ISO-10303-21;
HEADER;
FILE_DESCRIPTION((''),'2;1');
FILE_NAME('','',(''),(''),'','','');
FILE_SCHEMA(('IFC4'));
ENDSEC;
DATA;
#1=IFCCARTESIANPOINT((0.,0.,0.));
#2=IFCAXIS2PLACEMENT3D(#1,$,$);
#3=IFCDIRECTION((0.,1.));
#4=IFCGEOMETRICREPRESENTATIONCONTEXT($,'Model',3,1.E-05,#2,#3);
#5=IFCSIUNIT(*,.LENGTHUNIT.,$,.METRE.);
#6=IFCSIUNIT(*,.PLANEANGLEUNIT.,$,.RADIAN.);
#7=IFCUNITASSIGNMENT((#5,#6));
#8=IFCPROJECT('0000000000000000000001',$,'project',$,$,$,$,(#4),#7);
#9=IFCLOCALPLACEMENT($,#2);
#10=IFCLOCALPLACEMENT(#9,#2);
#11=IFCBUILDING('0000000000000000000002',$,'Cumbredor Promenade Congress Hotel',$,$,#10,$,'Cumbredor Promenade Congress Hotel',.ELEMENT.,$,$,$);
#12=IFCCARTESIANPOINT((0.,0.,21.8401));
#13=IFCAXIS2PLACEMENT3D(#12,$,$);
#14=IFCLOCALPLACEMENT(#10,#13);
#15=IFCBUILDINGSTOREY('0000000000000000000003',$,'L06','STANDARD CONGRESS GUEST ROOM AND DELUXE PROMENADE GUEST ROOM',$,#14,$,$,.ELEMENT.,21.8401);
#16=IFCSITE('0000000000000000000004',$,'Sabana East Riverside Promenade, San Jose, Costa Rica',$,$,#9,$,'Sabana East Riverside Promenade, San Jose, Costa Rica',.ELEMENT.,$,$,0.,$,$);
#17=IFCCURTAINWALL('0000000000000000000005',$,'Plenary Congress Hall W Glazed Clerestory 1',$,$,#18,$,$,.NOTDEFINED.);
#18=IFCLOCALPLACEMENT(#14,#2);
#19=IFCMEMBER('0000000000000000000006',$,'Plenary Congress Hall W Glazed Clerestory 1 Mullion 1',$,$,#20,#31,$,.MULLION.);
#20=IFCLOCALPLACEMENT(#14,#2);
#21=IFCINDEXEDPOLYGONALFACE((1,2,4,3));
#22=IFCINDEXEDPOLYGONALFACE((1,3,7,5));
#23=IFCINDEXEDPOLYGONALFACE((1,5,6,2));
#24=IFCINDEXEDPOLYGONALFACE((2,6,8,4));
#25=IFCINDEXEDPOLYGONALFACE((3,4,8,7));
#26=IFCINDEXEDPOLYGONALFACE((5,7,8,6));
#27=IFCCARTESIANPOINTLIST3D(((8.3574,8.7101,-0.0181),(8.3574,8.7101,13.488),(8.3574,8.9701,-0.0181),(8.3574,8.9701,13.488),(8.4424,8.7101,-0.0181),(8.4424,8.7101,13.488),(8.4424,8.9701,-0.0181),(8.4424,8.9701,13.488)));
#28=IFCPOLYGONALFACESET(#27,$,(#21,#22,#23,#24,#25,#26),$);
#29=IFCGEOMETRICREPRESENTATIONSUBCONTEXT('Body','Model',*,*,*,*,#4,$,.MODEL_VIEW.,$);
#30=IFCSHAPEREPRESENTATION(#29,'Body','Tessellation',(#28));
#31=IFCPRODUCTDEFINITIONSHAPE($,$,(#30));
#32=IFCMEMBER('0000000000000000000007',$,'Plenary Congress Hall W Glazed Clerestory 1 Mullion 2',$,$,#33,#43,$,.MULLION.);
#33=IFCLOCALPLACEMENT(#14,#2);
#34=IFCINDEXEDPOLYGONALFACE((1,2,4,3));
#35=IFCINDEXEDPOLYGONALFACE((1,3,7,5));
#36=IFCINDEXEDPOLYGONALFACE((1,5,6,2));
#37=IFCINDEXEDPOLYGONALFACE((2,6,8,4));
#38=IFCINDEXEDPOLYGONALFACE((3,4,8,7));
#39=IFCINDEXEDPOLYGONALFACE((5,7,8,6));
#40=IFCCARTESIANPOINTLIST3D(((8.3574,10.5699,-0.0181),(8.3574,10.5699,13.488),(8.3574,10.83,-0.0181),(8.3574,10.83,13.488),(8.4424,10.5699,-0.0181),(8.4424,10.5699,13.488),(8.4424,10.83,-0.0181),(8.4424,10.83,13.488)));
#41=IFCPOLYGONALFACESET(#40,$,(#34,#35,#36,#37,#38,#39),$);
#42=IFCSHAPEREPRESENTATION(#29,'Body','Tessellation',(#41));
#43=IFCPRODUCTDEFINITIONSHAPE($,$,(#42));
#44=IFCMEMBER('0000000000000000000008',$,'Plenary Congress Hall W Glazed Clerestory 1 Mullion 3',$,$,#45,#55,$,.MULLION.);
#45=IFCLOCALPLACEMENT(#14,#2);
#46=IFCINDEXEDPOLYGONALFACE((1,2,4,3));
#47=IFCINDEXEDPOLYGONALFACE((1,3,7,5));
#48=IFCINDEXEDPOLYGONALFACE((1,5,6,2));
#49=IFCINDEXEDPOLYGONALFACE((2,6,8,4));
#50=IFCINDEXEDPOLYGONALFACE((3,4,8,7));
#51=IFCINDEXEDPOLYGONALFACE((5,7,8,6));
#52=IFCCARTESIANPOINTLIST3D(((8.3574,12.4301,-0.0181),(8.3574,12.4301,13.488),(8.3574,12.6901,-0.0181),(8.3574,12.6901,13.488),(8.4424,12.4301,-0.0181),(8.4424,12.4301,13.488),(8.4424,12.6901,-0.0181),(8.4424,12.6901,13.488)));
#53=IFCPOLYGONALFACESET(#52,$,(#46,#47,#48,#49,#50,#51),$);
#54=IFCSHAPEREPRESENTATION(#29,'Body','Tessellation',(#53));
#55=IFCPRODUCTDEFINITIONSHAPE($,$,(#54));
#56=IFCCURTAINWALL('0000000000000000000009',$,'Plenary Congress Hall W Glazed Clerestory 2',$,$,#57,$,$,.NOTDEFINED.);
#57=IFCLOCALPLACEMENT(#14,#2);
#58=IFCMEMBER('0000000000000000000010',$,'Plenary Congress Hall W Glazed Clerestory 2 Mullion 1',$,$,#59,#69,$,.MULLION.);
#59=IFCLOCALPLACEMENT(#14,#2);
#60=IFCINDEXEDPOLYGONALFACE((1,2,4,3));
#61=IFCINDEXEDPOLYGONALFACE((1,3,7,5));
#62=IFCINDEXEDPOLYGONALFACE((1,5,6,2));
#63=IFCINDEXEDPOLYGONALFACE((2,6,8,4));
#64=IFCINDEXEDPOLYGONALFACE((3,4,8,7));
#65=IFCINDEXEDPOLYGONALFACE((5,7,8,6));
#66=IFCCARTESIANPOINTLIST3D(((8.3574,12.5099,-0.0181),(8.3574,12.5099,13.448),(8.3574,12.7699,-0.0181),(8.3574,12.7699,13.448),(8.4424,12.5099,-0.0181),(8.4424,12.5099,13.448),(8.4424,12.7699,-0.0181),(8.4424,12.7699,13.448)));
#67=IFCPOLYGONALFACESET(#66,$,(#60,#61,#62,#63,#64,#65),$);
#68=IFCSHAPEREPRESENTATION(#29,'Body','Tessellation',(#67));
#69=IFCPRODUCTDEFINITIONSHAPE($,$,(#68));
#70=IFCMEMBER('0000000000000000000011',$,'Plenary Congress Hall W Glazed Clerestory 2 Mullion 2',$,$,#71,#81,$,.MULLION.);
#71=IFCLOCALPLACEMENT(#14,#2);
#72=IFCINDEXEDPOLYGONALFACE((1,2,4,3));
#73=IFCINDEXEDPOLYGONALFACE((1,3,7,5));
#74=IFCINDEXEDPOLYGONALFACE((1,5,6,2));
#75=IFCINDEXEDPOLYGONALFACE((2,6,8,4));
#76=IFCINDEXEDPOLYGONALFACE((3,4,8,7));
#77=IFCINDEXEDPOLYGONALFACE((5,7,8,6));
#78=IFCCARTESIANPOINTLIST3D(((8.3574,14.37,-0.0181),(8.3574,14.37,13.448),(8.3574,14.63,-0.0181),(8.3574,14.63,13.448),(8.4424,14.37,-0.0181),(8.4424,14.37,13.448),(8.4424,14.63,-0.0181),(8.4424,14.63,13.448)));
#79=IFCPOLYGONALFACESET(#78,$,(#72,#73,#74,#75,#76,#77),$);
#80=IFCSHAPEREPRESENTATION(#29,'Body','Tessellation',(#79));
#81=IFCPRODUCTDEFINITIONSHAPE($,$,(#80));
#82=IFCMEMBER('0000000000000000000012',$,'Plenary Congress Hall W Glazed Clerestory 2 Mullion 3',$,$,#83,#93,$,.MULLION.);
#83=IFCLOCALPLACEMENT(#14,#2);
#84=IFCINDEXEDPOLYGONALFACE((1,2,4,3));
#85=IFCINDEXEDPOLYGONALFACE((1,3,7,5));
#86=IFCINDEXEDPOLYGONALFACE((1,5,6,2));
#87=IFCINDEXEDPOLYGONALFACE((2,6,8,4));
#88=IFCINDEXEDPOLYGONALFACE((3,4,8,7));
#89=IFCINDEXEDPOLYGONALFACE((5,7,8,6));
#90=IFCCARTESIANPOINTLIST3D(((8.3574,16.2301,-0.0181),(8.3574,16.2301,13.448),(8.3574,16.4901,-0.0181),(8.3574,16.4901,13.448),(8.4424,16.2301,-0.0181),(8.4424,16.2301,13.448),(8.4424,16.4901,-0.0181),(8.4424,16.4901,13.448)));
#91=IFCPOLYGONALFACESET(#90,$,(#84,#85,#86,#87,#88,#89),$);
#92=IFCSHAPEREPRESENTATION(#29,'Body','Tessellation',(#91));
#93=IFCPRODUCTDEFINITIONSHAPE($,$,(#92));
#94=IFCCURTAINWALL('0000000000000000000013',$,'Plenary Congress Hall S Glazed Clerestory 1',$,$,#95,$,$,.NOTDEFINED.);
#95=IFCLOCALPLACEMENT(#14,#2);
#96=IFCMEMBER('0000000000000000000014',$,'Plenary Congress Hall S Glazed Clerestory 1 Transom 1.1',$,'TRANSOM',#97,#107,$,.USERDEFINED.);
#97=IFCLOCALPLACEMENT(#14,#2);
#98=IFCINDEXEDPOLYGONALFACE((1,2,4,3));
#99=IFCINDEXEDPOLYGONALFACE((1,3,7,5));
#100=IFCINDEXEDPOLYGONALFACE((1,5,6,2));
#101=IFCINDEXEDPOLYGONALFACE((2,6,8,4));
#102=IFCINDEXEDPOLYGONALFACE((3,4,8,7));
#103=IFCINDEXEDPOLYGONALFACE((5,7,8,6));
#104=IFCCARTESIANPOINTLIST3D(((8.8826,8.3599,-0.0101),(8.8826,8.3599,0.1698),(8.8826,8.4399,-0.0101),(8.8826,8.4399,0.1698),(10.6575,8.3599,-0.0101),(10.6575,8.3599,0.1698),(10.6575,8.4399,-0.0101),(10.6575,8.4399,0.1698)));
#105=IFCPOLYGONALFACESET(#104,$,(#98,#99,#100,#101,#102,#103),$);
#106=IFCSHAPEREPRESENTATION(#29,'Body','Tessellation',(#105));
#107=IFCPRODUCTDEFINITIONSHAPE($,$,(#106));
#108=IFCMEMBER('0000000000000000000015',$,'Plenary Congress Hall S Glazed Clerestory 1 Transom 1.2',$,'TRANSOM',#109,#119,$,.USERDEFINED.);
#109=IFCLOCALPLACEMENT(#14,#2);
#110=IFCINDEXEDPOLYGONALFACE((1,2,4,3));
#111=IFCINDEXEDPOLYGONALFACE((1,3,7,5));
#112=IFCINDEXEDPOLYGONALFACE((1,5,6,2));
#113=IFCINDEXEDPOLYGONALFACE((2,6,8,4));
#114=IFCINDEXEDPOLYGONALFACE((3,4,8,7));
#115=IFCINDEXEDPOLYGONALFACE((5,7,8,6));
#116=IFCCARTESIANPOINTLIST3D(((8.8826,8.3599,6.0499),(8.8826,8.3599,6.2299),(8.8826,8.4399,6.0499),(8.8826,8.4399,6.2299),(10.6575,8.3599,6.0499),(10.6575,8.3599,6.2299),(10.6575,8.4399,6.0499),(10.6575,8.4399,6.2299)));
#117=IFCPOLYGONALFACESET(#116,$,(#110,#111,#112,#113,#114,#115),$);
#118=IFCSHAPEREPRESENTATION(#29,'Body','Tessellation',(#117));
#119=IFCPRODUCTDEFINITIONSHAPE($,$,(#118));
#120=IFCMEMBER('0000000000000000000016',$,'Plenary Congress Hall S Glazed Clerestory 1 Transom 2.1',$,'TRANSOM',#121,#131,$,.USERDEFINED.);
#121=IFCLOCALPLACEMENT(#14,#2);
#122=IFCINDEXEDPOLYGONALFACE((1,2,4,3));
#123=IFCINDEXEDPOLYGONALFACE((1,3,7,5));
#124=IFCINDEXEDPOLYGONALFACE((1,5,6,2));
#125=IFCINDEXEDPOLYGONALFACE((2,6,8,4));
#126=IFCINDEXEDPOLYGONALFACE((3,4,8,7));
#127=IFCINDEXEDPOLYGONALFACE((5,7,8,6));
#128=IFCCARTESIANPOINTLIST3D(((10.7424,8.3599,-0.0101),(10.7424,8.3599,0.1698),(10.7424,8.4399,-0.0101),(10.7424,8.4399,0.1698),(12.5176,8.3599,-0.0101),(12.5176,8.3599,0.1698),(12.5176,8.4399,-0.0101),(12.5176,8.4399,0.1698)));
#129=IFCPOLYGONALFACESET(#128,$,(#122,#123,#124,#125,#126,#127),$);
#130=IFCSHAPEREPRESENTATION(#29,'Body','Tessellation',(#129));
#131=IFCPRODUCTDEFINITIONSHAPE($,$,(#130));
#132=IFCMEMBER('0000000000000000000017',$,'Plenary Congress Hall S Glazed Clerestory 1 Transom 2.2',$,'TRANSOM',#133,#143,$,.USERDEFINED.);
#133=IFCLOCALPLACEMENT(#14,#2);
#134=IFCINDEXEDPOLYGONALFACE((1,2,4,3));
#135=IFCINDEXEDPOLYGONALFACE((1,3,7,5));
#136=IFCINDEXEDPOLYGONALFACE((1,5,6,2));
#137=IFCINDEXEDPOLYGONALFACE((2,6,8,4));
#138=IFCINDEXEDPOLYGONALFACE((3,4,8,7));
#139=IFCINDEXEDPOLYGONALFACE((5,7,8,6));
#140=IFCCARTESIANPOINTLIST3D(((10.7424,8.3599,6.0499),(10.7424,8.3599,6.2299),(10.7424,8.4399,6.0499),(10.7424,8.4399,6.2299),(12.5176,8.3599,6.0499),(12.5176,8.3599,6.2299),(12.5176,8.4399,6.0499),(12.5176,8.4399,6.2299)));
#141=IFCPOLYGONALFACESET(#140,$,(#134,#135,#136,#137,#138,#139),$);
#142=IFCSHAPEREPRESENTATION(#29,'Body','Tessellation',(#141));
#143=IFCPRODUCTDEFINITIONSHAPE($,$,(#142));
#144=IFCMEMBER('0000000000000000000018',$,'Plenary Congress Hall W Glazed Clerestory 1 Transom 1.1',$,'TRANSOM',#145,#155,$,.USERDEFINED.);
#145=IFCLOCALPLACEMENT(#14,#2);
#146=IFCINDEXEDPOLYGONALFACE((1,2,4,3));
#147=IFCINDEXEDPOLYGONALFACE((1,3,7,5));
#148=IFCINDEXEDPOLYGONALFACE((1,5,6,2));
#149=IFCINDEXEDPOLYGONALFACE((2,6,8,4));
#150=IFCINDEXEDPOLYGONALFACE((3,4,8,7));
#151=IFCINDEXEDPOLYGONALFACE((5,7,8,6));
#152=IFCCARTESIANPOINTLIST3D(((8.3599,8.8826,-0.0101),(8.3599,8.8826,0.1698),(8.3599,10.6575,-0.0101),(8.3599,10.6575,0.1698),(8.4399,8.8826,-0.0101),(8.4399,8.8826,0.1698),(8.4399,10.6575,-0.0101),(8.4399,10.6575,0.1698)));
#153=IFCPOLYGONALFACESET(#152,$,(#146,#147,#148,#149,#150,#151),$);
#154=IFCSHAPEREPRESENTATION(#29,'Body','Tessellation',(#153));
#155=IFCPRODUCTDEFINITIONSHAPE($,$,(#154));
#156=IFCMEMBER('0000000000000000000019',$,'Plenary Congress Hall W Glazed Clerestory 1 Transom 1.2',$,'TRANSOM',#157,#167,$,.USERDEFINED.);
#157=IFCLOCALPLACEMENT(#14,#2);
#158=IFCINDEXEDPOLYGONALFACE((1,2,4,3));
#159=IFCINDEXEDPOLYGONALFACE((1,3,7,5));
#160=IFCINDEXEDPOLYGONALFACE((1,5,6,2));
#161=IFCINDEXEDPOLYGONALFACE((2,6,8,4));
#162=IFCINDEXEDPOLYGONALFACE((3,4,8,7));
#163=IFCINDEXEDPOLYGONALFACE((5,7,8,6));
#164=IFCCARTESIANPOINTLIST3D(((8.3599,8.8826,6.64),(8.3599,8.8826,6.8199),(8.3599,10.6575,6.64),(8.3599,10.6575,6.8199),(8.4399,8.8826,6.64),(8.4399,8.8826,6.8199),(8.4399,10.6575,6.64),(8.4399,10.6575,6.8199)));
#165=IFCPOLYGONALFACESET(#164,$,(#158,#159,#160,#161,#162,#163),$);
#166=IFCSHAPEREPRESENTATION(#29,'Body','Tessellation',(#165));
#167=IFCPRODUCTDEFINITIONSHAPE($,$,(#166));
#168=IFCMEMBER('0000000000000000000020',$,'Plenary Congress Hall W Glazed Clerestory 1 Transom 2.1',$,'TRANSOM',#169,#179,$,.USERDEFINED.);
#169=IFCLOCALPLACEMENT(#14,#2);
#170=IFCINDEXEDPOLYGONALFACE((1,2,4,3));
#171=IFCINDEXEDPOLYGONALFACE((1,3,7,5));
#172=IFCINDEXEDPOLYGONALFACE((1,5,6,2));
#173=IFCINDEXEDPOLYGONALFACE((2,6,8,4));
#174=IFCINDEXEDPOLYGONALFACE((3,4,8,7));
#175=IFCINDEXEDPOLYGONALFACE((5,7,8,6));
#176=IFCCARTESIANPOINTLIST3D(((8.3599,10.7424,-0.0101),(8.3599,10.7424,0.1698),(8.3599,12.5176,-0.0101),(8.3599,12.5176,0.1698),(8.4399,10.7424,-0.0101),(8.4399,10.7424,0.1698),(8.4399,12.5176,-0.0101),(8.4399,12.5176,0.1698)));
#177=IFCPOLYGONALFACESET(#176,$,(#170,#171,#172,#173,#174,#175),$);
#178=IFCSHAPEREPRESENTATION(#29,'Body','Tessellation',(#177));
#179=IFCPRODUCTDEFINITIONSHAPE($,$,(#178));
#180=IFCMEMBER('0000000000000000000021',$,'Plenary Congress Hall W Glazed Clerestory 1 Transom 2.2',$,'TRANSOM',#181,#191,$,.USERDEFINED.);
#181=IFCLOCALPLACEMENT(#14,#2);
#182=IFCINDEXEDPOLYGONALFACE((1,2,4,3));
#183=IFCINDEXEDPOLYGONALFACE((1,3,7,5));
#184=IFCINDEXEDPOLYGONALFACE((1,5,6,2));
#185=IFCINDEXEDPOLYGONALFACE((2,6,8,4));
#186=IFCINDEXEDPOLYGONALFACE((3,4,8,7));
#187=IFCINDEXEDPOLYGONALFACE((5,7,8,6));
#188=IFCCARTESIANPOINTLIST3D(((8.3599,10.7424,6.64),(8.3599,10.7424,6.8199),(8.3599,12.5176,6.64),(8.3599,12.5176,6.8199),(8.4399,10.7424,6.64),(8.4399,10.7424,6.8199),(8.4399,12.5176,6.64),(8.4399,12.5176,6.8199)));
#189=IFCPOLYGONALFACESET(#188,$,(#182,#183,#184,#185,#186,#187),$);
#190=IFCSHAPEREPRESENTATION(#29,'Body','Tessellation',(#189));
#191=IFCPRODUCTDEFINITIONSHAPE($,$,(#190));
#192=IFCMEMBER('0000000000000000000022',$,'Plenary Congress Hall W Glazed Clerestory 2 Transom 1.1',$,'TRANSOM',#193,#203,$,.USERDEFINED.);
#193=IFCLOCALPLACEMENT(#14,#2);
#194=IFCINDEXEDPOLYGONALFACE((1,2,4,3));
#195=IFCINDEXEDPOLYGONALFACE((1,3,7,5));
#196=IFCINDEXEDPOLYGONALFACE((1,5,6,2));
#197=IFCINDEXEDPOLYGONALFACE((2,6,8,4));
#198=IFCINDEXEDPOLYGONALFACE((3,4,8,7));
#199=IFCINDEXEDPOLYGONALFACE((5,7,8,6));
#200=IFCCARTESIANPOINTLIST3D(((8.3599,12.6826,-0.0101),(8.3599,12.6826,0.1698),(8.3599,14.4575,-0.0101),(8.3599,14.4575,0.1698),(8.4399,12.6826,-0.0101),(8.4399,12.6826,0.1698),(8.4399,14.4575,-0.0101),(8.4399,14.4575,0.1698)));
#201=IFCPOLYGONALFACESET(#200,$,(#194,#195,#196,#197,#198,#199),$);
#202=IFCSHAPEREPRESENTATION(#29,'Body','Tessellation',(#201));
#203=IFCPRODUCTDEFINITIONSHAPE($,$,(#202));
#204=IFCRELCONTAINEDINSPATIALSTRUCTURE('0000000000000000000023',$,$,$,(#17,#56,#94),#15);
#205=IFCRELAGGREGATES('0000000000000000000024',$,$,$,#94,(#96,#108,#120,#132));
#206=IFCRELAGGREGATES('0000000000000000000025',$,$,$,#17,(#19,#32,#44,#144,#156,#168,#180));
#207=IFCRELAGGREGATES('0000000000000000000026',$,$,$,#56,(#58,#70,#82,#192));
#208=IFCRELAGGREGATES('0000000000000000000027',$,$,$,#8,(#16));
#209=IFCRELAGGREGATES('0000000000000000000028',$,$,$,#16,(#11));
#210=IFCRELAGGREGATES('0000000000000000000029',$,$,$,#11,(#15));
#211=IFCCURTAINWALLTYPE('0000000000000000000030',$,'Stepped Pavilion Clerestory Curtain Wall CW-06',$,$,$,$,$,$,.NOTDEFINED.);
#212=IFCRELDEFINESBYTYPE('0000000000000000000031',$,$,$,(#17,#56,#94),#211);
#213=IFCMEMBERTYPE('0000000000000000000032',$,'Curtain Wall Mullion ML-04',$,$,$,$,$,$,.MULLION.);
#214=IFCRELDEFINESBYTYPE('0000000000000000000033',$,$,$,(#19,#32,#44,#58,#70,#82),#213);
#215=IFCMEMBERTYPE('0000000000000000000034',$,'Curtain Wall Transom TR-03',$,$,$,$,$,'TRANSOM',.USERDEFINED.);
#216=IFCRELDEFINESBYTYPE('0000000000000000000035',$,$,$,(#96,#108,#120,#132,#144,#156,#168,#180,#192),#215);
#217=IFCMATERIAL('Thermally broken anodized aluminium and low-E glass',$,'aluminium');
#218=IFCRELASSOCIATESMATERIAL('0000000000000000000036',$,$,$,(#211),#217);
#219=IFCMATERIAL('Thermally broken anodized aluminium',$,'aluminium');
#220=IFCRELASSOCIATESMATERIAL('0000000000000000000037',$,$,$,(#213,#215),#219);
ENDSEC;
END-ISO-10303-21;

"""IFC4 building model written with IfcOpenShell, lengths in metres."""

from ifc_helpers import new_model, si_unit, direction, frame, origin, origin_2d, place, context, subcontext, project, spatial, rectangle, extrude, material, material_profile, profile_set, type_object, element, aggregate, save


model = new_model("IFC4")

# Units and contexts
model_context = context("Model", 3, precision=1e-05, world=origin(), true_north=direction((0.0, 1.0)))
body_context = subcontext(model_context, "Body", "Model", "MODEL_VIEW")
ifc_project = project(units=[si_unit("LENGTHUNIT", "METRE"), si_unit("PLANEANGLEUNIT", "RADIAN")], contexts=[model_context])

# Site, building, storey
site_placement = place(None, origin())
site = spatial("IfcSite", under=ifc_project, at=site_placement, Name="Sabana East Riverside Promenade, San Jose, Costa Rica", LongName="Sabana East Riverside Promenade, San Jose, Costa Rica", CompositionType="ELEMENT", RefElevation=0.0)
building_placement = place(site_placement, origin())
building = spatial("IfcBuilding", under=site, at=building_placement, Name="Cumbredor Promenade Congress Hotel", LongName="Cumbredor Promenade Congress Hotel", CompositionType="ELEMENT")
storey_placement = place(building_placement, frame((0.0, 0.0, 21.8401)))
storey = spatial("IfcBuildingStorey", under=building, at=storey_placement, Name="L06", Description="STANDARD CONGRESS GUEST ROOM AND DELUXE PROMENADE GUEST ROOM", CompositionType="ELEMENT", Elevation=21.8401)

# Curtain walls, members
ifc_material_1 = material(Name="Thermally broken anodized aluminium and low-E glass", Category="aluminium")
curtain_wall_type = type_object("IfcCurtainWallType", Name="Stepped Pavilion Clerestory Curtain Wall CW-06", PredefinedType="NOTDEFINED", material=ifc_material_1)
curtain_wall_1_placement = place(storey_placement, origin())
curtain_wall_1 = element("IfcCurtainWall", 1, at=curtain_wall_1_placement, inside=storey, type_object=curtain_wall_type, Name="Plenary Congress Hall W Glazed Clerestory 1", PredefinedType="NOTDEFINED")
ifc_material_2 = material(Name="Thermally broken anodized aluminium", Category="aluminium")
ifc_material_profile_1 = material_profile(ifc_material_2, rectangle(XDim=0.085, YDim=0.26, at=origin_2d()), Name="ALU MULLION CLERESTORY 85x260")
ifc_profile_set_1 = profile_set([ifc_material_profile_1], Name="Thermally broken anodized aluminium")
member_type_1 = type_object("IfcMemberType", Name="Curtain Wall Mullion ML-04", PredefinedType="MULLION", material=ifc_profile_set_1)
member_1_placement = place(storey_placement, frame((8.3999, 8.8401, -0.0181), z_axis=(0.0, 0.0, 1.0), x_axis=(1.0, 0.0, 0.0)))
member_1 = element("IfcMember", 2, at=member_1_placement, type_object=member_type_1, Name="Plenary Congress Hall W Glazed Clerestory 1 Mullion 1", PredefinedType="MULLION", context=body_context, shape_type="SweptSolid", body=[
    extrude(rectangle(XDim=0.085, YDim=0.26, at=origin_2d()), origin(), (0.0, 0.0, 1.0), 13.5061),
])
member_2_placement = place(storey_placement, frame((8.3999, 10.7, -0.0181), z_axis=(0.0, 0.0, 1.0), x_axis=(1.0, 0.0, 0.0)))
member_2 = element("IfcMember", 3, at=member_2_placement, type_object=member_type_1, Name="Plenary Congress Hall W Glazed Clerestory 1 Mullion 2", PredefinedType="MULLION", context=body_context, shape_type="SweptSolid", body=[
    extrude(rectangle(XDim=0.085, YDim=0.26, at=origin_2d()), origin(), (0.0, 0.0, 1.0), 13.5061),
])
member_3_placement = place(storey_placement, frame((8.3999, 12.5601, -0.0181), z_axis=(0.0, 0.0, 1.0), x_axis=(1.0, 0.0, 0.0)))
member_3 = element("IfcMember", 4, at=member_3_placement, type_object=member_type_1, Name="Plenary Congress Hall W Glazed Clerestory 1 Mullion 3", PredefinedType="MULLION", context=body_context, shape_type="SweptSolid", body=[
    extrude(rectangle(XDim=0.085, YDim=0.26, at=origin_2d()), origin(), (0.0, 0.0, 1.0), 13.5061),
])
curtain_wall_2_placement = place(storey_placement, origin())
curtain_wall_2 = element("IfcCurtainWall", 5, at=curtain_wall_2_placement, inside=storey, type_object=curtain_wall_type, Name="Plenary Congress Hall W Glazed Clerestory 2", PredefinedType="NOTDEFINED")
member_4_placement = place(storey_placement, frame((8.3999, 12.6399, -0.0181), z_axis=(0.0, 0.0, 1.0), x_axis=(1.0, 0.0, 0.0)))
member_4 = element("IfcMember", 6, at=member_4_placement, type_object=member_type_1, Name="Plenary Congress Hall W Glazed Clerestory 2 Mullion 1", PredefinedType="MULLION", context=body_context, shape_type="SweptSolid", body=[
    extrude(rectangle(XDim=0.085, YDim=0.26, at=origin_2d()), origin(), (0.0, 0.0, 1.0), 13.4661),
])
member_5_placement = place(storey_placement, frame((8.3999, 14.5, -0.0181), z_axis=(0.0, 0.0, 1.0), x_axis=(1.0, 0.0, 0.0)))
member_5 = element("IfcMember", 7, at=member_5_placement, type_object=member_type_1, Name="Plenary Congress Hall W Glazed Clerestory 2 Mullion 2", PredefinedType="MULLION", context=body_context, shape_type="SweptSolid", body=[
    extrude(rectangle(XDim=0.085, YDim=0.26, at=origin_2d()), origin(), (0.0, 0.0, 1.0), 13.4661),
])
member_6_placement = place(storey_placement, frame((8.3999, 16.3601, -0.0181), z_axis=(0.0, 0.0, 1.0), x_axis=(1.0, 0.0, 0.0)))
member_6 = element("IfcMember", 8, at=member_6_placement, type_object=member_type_1, Name="Plenary Congress Hall W Glazed Clerestory 2 Mullion 3", PredefinedType="MULLION", context=body_context, shape_type="SweptSolid", body=[
    extrude(rectangle(XDim=0.085, YDim=0.26, at=origin_2d()), origin(), (0.0, 0.0, 1.0), 13.4661),
])
curtain_wall_3_placement = place(storey_placement, origin())
curtain_wall_3 = element("IfcCurtainWall", 9, at=curtain_wall_3_placement, inside=storey, type_object=curtain_wall_type, Name="Plenary Congress Hall S Glazed Clerestory 1", PredefinedType="NOTDEFINED")
ifc_material_profile_2 = material_profile(ifc_material_2, rectangle(XDim=0.0801, YDim=0.1799, at=origin_2d()), Name="ALU TRANSOM 80x180")
ifc_profile_set_2 = profile_set([ifc_material_profile_2], Name="Thermally broken anodized aluminium")
member_type_2 = type_object("IfcMemberType", Name="Curtain Wall Transom TR-03", ElementType="TRANSOM", PredefinedType="USERDEFINED", material=ifc_profile_set_2)
member_7_placement = place(storey_placement, frame((8.8826, 8.3999, 0.0798), z_axis=(1.0, 0.0, 0.0), x_axis=(0.0, 1.0, 0.0)))
member_7 = element("IfcMember", 10, at=member_7_placement, type_object=member_type_2, Name="Plenary Congress Hall S Glazed Clerestory 1 Transom 1.1", ObjectType="TRANSOM", PredefinedType="USERDEFINED", context=body_context, shape_type="SweptSolid", body=[
    extrude(rectangle(XDim=0.0801, YDim=0.1799, at=origin_2d()), origin(), (0.0, 0.0, 1.0), 1.7749),
])
member_8_placement = place(storey_placement, frame((8.8826, 8.3999, 6.1399), z_axis=(1.0, 0.0, 0.0), x_axis=(0.0, 1.0, 0.0)))
member_8 = element("IfcMember", 11, at=member_8_placement, type_object=member_type_2, Name="Plenary Congress Hall S Glazed Clerestory 1 Transom 1.2", ObjectType="TRANSOM", PredefinedType="USERDEFINED", context=body_context, shape_type="SweptSolid", body=[
    extrude(rectangle(XDim=0.0801, YDim=0.1799, at=origin_2d()), origin(), (0.0, 0.0, 1.0), 1.7749),
])
member_9_placement = place(storey_placement, frame((10.7424, 8.3999, 0.0798), z_axis=(1.0, 0.0, 0.0), x_axis=(0.0, 1.0, 0.0)))
member_9 = element("IfcMember", 12, at=member_9_placement, type_object=member_type_2, Name="Plenary Congress Hall S Glazed Clerestory 1 Transom 2.1", ObjectType="TRANSOM", PredefinedType="USERDEFINED", context=body_context, shape_type="SweptSolid", body=[
    extrude(rectangle(XDim=0.0801, YDim=0.1799, at=origin_2d()), origin(), (0.0, 0.0, 1.0), 1.7751),
])
member_10_placement = place(storey_placement, frame((10.7424, 8.3999, 6.1399), z_axis=(1.0, 0.0, 0.0), x_axis=(0.0, 1.0, 0.0)))
member_10 = element("IfcMember", 13, at=member_10_placement, type_object=member_type_2, Name="Plenary Congress Hall S Glazed Clerestory 1 Transom 2.2", ObjectType="TRANSOM", PredefinedType="USERDEFINED", context=body_context, shape_type="SweptSolid", body=[
    extrude(rectangle(XDim=0.0801, YDim=0.1799, at=origin_2d()), origin(), (0.0, 0.0, 1.0), 1.7751),
])

# Members
member_11_placement = place(storey_placement, frame((8.3999, 8.8826, 0.0798), z_axis=(0.0, 1.0, 0.0), x_axis=(-1.0, 0.0, 0.0)))
member_11 = element("IfcMember", 14, at=member_11_placement, type_object=member_type_2, Name="Plenary Congress Hall W Glazed Clerestory 1 Transom 1.1", ObjectType="TRANSOM", PredefinedType="USERDEFINED", context=body_context, shape_type="SweptSolid", body=[
    extrude(rectangle(XDim=0.0801, YDim=0.1799, at=origin_2d()), origin(), (0.0, 0.0, 1.0), 1.7749),
])
member_12_placement = place(storey_placement, frame((8.3999, 8.8826, 6.73), z_axis=(0.0, 1.0, 0.0), x_axis=(-1.0, 0.0, 0.0)))
member_12 = element("IfcMember", 15, at=member_12_placement, type_object=member_type_2, Name="Plenary Congress Hall W Glazed Clerestory 1 Transom 1.2", ObjectType="TRANSOM", PredefinedType="USERDEFINED", context=body_context, shape_type="SweptSolid", body=[
    extrude(rectangle(XDim=0.0801, YDim=0.1799, at=origin_2d()), origin(), (0.0, 0.0, 1.0), 1.7749),
])
member_13_placement = place(storey_placement, frame((8.3999, 10.7424, 0.0798), z_axis=(0.0, 1.0, 0.0), x_axis=(-1.0, 0.0, 0.0)))
member_13 = element("IfcMember", 16, at=member_13_placement, type_object=member_type_2, Name="Plenary Congress Hall W Glazed Clerestory 1 Transom 2.1", ObjectType="TRANSOM", PredefinedType="USERDEFINED", context=body_context, shape_type="SweptSolid", body=[
    extrude(rectangle(XDim=0.0801, YDim=0.1799, at=origin_2d()), origin(), (0.0, 0.0, 1.0), 1.7751),
])
member_14_placement = place(storey_placement, frame((8.3999, 10.7424, 6.73), z_axis=(0.0, 1.0, 0.0), x_axis=(-1.0, 0.0, 0.0)))
member_14 = element("IfcMember", 17, at=member_14_placement, type_object=member_type_2, Name="Plenary Congress Hall W Glazed Clerestory 1 Transom 2.2", ObjectType="TRANSOM", PredefinedType="USERDEFINED", context=body_context, shape_type="SweptSolid", body=[
    extrude(rectangle(XDim=0.0801, YDim=0.1799, at=origin_2d()), origin(), (0.0, 0.0, 1.0), 1.7751),
])
member_15_placement = place(storey_placement, frame((8.3999, 12.6826, 0.0798), z_axis=(0.0, 1.0, 0.0), x_axis=(-1.0, 0.0, 0.0)))
member_15 = element("IfcMember", 18, at=member_15_placement, type_object=member_type_2, Name="Plenary Congress Hall W Glazed Clerestory 2 Transom 1.1", ObjectType="TRANSOM", PredefinedType="USERDEFINED", context=body_context, shape_type="SweptSolid", body=[
    extrude(rectangle(XDim=0.0801, YDim=0.1799, at=origin_2d()), origin(), (0.0, 0.0, 1.0), 1.7749),
])

aggregate(curtain_wall_3, [member_7, member_8, member_9, member_10])
aggregate(curtain_wall_1, [member_1, member_2, member_3, member_11, member_12, member_13, member_14])
aggregate(curtain_wall_2, [member_4, member_5, member_6, member_15])

save(model, "model.ifc")
